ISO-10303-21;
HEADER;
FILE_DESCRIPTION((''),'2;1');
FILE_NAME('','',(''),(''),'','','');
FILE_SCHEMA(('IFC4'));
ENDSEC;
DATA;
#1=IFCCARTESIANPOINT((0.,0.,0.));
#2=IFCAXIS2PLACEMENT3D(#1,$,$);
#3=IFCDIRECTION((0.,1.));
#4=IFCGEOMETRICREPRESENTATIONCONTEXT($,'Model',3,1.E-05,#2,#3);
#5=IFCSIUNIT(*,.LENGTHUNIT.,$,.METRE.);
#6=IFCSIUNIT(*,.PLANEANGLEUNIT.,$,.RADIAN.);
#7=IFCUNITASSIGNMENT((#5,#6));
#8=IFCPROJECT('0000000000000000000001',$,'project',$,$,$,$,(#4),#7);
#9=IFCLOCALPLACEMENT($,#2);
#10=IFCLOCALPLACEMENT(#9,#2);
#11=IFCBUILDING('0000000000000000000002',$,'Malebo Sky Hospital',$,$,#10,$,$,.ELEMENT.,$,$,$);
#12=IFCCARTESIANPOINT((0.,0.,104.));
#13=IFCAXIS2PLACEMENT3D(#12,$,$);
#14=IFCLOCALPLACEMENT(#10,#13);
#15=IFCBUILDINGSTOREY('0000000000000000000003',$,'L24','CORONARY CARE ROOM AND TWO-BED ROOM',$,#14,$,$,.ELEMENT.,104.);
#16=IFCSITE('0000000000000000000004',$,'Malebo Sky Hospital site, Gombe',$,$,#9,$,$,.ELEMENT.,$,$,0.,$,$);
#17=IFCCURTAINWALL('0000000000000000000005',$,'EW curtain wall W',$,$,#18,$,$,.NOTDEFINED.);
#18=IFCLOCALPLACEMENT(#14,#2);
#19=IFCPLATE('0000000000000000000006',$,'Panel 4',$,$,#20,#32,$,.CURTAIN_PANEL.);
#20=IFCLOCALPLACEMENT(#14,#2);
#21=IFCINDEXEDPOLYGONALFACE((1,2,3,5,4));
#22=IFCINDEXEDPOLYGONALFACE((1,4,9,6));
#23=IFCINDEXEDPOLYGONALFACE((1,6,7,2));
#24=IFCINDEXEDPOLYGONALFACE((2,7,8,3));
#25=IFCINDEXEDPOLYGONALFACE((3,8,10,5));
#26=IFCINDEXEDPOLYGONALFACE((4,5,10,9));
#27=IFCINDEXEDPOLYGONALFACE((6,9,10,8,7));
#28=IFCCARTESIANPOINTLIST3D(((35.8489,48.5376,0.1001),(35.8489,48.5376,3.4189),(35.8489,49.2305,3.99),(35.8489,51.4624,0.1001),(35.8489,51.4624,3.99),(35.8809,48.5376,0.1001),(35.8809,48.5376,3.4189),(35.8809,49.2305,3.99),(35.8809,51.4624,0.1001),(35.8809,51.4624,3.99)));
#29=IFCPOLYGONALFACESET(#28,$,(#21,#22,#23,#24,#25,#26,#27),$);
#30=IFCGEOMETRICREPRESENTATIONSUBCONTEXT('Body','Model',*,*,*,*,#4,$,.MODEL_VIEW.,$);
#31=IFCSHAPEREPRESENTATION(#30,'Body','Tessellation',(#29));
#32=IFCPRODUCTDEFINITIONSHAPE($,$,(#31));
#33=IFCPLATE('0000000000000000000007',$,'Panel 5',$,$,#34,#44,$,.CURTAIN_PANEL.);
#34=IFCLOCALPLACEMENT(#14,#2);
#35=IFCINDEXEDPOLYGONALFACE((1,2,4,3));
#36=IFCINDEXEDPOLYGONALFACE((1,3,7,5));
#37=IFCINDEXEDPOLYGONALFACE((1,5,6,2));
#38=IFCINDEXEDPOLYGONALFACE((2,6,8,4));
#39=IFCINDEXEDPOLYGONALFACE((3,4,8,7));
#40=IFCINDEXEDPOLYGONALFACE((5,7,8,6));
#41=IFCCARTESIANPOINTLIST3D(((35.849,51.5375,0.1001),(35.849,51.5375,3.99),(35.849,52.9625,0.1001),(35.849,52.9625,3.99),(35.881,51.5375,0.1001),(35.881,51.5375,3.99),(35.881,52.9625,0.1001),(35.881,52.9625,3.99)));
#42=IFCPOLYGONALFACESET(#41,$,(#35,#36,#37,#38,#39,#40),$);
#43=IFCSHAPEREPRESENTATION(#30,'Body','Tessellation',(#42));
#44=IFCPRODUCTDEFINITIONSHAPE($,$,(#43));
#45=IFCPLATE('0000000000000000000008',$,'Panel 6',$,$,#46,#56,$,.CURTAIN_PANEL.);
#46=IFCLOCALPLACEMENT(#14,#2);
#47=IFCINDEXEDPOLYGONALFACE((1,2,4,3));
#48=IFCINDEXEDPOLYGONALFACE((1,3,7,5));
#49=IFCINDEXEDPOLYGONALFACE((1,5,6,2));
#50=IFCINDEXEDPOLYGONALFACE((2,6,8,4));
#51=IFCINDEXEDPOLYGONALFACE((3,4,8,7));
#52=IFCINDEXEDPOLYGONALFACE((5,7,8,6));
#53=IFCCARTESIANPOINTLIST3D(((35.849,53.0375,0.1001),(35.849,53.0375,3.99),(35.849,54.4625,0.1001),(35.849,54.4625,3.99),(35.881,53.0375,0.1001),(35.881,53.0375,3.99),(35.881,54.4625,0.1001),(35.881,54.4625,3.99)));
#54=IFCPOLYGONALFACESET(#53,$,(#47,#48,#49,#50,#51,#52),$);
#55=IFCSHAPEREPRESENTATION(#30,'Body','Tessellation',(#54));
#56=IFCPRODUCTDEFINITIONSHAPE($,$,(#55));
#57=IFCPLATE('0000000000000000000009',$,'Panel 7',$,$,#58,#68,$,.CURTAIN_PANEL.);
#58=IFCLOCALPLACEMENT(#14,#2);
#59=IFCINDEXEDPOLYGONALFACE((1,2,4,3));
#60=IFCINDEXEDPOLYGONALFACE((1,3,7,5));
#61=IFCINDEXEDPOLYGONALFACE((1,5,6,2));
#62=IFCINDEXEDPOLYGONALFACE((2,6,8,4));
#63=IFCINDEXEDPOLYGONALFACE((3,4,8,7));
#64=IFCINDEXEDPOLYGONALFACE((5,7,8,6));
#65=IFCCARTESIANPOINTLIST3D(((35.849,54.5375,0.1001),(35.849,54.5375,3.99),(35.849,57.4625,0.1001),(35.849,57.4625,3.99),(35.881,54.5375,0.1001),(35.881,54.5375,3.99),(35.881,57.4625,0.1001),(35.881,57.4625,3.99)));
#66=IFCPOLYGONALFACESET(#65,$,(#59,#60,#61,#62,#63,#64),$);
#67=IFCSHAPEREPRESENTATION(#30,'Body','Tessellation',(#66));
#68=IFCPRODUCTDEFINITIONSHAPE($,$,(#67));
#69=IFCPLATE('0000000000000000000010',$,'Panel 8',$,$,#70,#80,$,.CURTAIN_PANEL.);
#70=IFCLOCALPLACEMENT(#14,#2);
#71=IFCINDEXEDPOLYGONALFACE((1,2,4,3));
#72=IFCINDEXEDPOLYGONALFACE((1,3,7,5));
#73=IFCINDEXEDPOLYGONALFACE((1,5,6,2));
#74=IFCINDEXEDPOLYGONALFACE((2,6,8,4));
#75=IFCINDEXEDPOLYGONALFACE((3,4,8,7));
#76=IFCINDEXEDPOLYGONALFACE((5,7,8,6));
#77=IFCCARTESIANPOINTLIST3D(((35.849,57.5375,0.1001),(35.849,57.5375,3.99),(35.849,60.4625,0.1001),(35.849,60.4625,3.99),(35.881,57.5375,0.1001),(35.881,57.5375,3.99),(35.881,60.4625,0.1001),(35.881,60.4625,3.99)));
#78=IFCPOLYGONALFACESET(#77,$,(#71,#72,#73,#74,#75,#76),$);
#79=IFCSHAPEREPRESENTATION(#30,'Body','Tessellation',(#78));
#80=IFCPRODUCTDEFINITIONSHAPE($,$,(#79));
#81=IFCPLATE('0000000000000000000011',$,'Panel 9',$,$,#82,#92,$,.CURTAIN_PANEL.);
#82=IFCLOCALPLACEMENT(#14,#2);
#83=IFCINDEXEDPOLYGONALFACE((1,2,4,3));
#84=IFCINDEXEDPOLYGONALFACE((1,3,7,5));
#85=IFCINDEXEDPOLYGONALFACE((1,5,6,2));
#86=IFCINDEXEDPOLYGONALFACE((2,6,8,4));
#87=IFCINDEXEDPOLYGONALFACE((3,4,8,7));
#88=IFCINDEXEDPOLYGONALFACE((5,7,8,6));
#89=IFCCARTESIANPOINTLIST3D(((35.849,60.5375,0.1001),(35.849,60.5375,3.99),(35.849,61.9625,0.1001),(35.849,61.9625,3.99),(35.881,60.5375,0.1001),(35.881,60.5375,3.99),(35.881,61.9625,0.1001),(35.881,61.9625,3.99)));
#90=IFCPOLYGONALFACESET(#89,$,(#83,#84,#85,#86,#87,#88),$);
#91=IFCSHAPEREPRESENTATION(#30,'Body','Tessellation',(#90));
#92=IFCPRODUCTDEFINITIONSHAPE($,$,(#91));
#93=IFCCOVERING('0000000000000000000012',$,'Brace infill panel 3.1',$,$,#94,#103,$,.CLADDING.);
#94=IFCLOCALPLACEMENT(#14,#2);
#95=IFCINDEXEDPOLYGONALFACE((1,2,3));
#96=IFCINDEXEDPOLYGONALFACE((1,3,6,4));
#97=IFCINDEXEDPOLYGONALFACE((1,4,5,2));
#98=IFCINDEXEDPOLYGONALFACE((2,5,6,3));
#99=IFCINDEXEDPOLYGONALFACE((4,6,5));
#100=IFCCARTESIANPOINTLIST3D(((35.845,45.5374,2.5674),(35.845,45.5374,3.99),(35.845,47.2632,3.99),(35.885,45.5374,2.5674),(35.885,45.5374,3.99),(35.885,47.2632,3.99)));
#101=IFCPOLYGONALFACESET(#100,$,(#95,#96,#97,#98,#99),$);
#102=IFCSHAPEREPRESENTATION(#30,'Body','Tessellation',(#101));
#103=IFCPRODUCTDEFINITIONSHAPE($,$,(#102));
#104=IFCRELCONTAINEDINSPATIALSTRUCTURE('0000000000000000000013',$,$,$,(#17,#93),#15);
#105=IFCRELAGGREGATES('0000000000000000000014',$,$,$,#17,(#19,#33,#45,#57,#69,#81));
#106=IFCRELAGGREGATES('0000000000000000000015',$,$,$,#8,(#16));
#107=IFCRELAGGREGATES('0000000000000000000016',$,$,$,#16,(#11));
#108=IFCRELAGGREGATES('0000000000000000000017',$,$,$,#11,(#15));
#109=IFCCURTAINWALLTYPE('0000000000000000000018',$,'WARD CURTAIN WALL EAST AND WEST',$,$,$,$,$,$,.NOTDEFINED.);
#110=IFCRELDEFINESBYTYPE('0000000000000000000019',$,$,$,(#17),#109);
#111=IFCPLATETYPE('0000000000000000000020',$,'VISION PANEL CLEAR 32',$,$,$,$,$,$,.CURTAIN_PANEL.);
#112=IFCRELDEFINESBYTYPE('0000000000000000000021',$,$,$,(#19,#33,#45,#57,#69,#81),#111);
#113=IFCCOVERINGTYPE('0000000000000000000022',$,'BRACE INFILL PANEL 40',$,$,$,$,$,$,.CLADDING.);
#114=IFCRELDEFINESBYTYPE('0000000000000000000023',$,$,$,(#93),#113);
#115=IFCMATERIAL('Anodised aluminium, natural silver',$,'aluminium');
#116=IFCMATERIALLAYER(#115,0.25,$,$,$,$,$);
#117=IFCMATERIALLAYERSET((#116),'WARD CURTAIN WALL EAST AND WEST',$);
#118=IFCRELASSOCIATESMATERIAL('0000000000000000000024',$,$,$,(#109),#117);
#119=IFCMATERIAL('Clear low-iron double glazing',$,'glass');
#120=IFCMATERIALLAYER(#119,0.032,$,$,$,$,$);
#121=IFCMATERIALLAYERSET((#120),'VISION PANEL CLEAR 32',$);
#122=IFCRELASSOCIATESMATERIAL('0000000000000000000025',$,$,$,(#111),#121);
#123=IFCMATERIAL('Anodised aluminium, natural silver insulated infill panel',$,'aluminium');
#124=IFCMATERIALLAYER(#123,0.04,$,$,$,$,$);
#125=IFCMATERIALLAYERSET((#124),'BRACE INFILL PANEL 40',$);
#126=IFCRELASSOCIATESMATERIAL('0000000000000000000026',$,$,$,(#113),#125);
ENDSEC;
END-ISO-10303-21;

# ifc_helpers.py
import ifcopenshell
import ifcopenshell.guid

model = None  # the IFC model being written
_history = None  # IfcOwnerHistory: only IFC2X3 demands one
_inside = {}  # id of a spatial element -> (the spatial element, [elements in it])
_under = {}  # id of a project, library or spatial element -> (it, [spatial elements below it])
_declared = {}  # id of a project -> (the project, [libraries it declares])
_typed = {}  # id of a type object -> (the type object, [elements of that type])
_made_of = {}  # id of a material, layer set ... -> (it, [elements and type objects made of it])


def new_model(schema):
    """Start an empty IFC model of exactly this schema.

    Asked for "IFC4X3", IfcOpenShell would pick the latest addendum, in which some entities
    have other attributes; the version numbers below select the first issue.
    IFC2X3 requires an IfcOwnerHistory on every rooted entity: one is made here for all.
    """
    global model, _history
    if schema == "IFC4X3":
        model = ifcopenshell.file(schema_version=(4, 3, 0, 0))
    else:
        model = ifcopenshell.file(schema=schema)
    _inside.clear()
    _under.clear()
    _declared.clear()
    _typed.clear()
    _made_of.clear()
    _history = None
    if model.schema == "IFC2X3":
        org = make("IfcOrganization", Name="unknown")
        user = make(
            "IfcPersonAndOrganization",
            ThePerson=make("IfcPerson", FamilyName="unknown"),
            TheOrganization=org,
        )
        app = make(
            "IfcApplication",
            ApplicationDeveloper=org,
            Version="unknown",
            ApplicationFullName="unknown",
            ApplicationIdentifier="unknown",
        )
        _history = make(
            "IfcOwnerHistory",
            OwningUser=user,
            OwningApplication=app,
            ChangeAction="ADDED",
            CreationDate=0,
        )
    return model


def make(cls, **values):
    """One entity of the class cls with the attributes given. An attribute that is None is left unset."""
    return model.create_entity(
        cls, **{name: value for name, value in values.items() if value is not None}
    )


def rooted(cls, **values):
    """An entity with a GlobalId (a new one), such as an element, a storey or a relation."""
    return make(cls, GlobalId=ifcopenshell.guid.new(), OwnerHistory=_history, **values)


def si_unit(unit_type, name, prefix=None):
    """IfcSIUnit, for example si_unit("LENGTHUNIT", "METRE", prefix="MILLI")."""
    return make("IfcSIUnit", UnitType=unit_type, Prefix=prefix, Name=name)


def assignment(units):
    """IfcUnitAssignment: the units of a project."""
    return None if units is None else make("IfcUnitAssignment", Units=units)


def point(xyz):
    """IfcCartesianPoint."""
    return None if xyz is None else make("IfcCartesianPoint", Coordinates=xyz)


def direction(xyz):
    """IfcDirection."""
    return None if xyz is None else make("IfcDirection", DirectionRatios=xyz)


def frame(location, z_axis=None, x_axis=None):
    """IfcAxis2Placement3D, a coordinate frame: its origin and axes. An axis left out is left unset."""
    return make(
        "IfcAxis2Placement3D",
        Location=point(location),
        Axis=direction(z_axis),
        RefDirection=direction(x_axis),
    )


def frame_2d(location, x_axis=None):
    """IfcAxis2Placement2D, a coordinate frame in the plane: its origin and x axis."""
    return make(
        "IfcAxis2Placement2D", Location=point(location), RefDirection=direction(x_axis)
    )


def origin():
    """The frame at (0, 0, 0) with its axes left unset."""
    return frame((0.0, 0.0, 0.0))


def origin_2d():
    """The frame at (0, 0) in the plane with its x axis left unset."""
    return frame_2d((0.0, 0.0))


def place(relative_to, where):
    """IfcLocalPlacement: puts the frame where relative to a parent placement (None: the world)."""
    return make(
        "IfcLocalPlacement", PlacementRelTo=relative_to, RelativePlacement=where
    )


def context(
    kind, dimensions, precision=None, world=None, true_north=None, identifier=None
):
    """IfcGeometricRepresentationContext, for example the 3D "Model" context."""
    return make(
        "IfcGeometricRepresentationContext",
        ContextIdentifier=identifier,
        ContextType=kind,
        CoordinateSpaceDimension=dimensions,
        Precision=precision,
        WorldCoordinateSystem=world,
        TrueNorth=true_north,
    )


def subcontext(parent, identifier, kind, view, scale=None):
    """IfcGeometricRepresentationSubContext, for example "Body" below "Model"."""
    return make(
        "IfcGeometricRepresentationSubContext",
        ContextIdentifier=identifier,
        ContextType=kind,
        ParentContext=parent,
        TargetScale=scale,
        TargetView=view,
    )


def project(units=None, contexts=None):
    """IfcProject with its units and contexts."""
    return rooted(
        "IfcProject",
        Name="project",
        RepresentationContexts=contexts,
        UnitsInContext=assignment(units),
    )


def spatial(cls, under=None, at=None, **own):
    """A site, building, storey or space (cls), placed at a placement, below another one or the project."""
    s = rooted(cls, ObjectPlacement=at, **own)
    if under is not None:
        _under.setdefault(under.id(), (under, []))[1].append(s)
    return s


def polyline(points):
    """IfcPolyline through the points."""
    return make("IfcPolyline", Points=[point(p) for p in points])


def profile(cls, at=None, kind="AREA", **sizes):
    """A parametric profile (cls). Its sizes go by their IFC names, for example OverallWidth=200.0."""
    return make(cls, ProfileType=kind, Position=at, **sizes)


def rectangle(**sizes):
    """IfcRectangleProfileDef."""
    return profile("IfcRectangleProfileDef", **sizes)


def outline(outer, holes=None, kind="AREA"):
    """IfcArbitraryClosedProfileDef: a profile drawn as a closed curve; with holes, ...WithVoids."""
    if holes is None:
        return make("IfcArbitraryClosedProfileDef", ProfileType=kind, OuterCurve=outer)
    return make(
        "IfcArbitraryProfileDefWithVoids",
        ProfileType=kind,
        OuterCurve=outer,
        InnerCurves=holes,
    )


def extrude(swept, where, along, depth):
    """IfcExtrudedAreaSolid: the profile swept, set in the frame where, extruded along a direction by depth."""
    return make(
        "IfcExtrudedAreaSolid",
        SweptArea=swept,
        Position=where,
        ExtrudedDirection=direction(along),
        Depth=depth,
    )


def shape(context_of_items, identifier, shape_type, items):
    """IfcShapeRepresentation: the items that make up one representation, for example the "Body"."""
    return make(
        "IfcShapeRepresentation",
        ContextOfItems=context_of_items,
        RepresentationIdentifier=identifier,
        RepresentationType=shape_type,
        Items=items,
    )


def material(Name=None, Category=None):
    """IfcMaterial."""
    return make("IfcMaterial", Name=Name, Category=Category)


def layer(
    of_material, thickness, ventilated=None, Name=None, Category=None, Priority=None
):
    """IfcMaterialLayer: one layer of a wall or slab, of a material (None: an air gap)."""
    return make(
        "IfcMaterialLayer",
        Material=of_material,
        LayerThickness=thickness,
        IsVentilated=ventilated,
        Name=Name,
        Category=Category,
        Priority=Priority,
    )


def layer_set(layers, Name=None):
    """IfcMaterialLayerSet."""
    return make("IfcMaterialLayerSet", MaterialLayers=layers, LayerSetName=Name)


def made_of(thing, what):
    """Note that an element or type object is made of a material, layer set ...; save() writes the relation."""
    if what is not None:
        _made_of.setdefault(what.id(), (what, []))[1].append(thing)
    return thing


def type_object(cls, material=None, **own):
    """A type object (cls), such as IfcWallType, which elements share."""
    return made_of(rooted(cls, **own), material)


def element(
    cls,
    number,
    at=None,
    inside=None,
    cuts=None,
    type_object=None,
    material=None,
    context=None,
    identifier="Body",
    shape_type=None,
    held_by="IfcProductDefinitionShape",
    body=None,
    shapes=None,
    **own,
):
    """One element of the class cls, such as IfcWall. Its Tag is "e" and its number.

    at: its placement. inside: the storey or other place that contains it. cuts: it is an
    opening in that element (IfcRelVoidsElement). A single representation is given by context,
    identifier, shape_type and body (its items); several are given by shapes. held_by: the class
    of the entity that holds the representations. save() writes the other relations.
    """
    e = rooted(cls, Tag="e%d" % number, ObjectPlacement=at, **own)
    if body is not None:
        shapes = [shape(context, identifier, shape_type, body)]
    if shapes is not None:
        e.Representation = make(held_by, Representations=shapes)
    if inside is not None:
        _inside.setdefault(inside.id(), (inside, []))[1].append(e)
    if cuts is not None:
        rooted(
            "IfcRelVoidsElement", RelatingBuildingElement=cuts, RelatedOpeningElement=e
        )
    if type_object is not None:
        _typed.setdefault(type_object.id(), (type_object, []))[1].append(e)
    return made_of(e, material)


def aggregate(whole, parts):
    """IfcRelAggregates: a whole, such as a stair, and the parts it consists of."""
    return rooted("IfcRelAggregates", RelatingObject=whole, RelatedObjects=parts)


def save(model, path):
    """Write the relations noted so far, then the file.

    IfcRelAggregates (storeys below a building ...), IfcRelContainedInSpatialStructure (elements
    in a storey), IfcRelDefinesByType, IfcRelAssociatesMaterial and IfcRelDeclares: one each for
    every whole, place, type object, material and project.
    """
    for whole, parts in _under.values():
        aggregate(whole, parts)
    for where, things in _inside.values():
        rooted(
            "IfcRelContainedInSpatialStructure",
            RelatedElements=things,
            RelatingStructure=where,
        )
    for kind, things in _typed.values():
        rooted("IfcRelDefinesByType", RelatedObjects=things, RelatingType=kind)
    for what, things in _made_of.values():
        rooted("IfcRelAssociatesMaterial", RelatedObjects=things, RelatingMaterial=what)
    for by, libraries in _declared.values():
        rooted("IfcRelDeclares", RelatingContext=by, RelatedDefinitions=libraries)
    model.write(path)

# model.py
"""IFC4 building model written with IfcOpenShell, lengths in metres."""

from ifc_helpers import new_model, si_unit, direction, frame, origin, origin_2d, place, context, subcontext, project, spatial, polyline, rectangle, outline, extrude, material, layer, layer_set, type_object, element, aggregate, save


model = new_model("IFC4")

# Units and contexts
model_context = context("Model", 3, precision=1e-05, world=origin(), true_north=direction((0.0, 1.0)))
body_context = subcontext(model_context, "Body", "Model", "MODEL_VIEW")
ifc_project = project(units=[si_unit("LENGTHUNIT", "METRE"), si_unit("PLANEANGLEUNIT", "RADIAN")], contexts=[model_context])

# Site, building, storey
site_placement = place(None, origin())
site = spatial("IfcSite", under=ifc_project, at=site_placement, Name="Malebo Sky Hospital site, Gombe", CompositionType="ELEMENT", RefElevation=0.0)
building_placement = place(site_placement, origin())
building = spatial("IfcBuilding", under=site, at=building_placement, Name="Malebo Sky Hospital", CompositionType="ELEMENT")
storey_placement = place(building_placement, frame((0.0, 0.0, 104.0)))
storey = spatial("IfcBuildingStorey", under=building, at=storey_placement, Name="L24", Description="CORONARY CARE ROOM AND TWO-BED ROOM", CompositionType="ELEMENT", Elevation=104.0)

# Curtain wall
ifc_material_1 = material(Name="Anodised aluminium, natural silver", Category="aluminium")
ifc_layer_1 = layer(ifc_material_1, 0.25)
ifc_layer_set_1 = layer_set([ifc_layer_1], Name="WARD CURTAIN WALL EAST AND WEST")
curtain_wall_type = type_object("IfcCurtainWallType", Name="WARD CURTAIN WALL EAST AND WEST", PredefinedType="NOTDEFINED", material=ifc_layer_set_1)
curtain_wall_placement = place(storey_placement, origin())
curtain_wall = element("IfcCurtainWall", 1, at=curtain_wall_placement, inside=storey, type_object=curtain_wall_type, Name="EW curtain wall W", PredefinedType="NOTDEFINED")

# Plates
ifc_material_2 = material(Name="Clear low-iron double glazing", Category="glass")
ifc_layer_2 = layer(ifc_material_2, 0.032)
ifc_layer_set_2 = layer_set([ifc_layer_2], Name="VISION PANEL CLEAR 32")
plate_type = type_object("IfcPlateType", Name="VISION PANEL CLEAR 32", PredefinedType="CURTAIN_PANEL", material=ifc_layer_set_2)
plate_1_placement = place(storey_placement, frame((35.865, 50.0, 0.1001), z_axis=(0.0, 0.0, 1.0), x_axis=(0.0, 1.0, 0.0)))
plate_1 = element("IfcPlate", 2, at=plate_1_placement, type_object=plate_type, Name="Panel 4", PredefinedType="CURTAIN_PANEL", context=body_context, shape_type="SweptSolid", body=[
    extrude(outline(polyline([(-1.4624, 0.0), (1.4624, 0.0), (1.4624, 3.8899), (-0.7695, 3.8899), (-1.4624, 3.3188), (-1.4624, 0.0)])), frame((0.0, 0.0161, 0.0), z_axis=(0.0, -1.0, 0.0), x_axis=(1.0, 0.0, 0.0)), (0.0, 0.0, 1.0), 0.032),
])
plate_2_placement = place(storey_placement, frame((35.865, 52.25, 0.1001), z_axis=(0.0, 0.0, 1.0), x_axis=(0.0, 1.0, 0.0)))
plate_2 = element("IfcPlate", 3, at=plate_2_placement, type_object=plate_type, Name="Panel 5", PredefinedType="CURTAIN_PANEL", context=body_context, shape_type="SweptSolid", body=[
    extrude(rectangle(XDim=1.425, YDim=0.032, at=origin_2d()), origin(), (0.0, 0.0, 1.0), 3.8899),
])
plate_3_placement = place(storey_placement, frame((35.865, 53.75, 0.1001), z_axis=(0.0, 0.0, 1.0), x_axis=(0.0, 1.0, 0.0)))
plate_3 = element("IfcPlate", 4, at=plate_3_placement, type_object=plate_type, Name="Panel 6", PredefinedType="CURTAIN_PANEL", context=body_context, shape_type="SweptSolid", body=[
    extrude(rectangle(XDim=1.425, YDim=0.032, at=origin_2d()), origin(), (0.0, 0.0, 1.0), 3.8899),
])
plate_4_placement = place(storey_placement, frame((35.865, 56.0, 0.1001), z_axis=(0.0, 0.0, 1.0), x_axis=(0.0, 1.0, 0.0)))
plate_4 = element("IfcPlate", 5, at=plate_4_placement, type_object=plate_type, Name="Panel 7", PredefinedType="CURTAIN_PANEL", context=body_context, shape_type="SweptSolid", body=[
    extrude(rectangle(XDim=2.925, YDim=0.032, at=origin_2d()), origin(), (0.0, 0.0, 1.0), 3.8899),
])
plate_5_placement = place(storey_placement, frame((35.865, 59.0, 0.1001), z_axis=(0.0, 0.0, 1.0), x_axis=(0.0, 1.0, 0.0)))
plate_5 = element("IfcPlate", 6, at=plate_5_placement, type_object=plate_type, Name="Panel 8", PredefinedType="CURTAIN_PANEL", context=body_context, shape_type="SweptSolid", body=[
    extrude(rectangle(XDim=2.925, YDim=0.032, at=origin_2d()), origin(), (0.0, 0.0, 1.0), 3.8899),
])
plate_6_placement = place(storey_placement, frame((35.865, 61.25, 0.1001), z_axis=(0.0, 0.0, 1.0), x_axis=(0.0, 1.0, 0.0)))
plate_6 = element("IfcPlate", 7, at=plate_6_placement, type_object=plate_type, Name="Panel 9", PredefinedType="CURTAIN_PANEL", context=body_context, shape_type="SweptSolid", body=[
    extrude(rectangle(XDim=1.425, YDim=0.032, at=origin_2d()), origin(), (0.0, 0.0, 1.0), 3.8899),
])
aggregate(curtain_wall, [plate_1, plate_2, plate_3, plate_4, plate_5, plate_6])

# Covering
ifc_material_3 = material(Name="Anodised aluminium, natural silver insulated infill panel", Category="aluminium")
ifc_layer_3 = layer(ifc_material_3, 0.04)
ifc_layer_set_3 = layer_set([ifc_layer_3], Name="BRACE INFILL PANEL 40")
covering_type = type_object("IfcCoveringType", Name="BRACE INFILL PANEL 40", PredefinedType="CLADDING", material=ifc_layer_set_3)
covering_placement = place(storey_placement, frame((35.865, 46.4004, 2.5674), z_axis=(0.0, 0.0, 1.0), x_axis=(0.0, 1.0, 0.0)))
element("IfcCovering", 8, at=covering_placement, inside=storey, type_object=covering_type, Name="Brace infill panel 3.1", PredefinedType="CLADDING", context=body_context, shape_type="SweptSolid", body=[
    extrude(outline(polyline([(-0.863, 0.0), (0.8628, 1.4226), (-0.863, 1.4226), (-0.863, 0.0)])), frame((0.0, 0.02, 0.0), z_axis=(0.0, -1.0, 0.0), x_axis=(1.0, 0.0, 0.0)), (0.0, 0.0, 1.0), 0.04),
])

save(model, "model.ifc")
